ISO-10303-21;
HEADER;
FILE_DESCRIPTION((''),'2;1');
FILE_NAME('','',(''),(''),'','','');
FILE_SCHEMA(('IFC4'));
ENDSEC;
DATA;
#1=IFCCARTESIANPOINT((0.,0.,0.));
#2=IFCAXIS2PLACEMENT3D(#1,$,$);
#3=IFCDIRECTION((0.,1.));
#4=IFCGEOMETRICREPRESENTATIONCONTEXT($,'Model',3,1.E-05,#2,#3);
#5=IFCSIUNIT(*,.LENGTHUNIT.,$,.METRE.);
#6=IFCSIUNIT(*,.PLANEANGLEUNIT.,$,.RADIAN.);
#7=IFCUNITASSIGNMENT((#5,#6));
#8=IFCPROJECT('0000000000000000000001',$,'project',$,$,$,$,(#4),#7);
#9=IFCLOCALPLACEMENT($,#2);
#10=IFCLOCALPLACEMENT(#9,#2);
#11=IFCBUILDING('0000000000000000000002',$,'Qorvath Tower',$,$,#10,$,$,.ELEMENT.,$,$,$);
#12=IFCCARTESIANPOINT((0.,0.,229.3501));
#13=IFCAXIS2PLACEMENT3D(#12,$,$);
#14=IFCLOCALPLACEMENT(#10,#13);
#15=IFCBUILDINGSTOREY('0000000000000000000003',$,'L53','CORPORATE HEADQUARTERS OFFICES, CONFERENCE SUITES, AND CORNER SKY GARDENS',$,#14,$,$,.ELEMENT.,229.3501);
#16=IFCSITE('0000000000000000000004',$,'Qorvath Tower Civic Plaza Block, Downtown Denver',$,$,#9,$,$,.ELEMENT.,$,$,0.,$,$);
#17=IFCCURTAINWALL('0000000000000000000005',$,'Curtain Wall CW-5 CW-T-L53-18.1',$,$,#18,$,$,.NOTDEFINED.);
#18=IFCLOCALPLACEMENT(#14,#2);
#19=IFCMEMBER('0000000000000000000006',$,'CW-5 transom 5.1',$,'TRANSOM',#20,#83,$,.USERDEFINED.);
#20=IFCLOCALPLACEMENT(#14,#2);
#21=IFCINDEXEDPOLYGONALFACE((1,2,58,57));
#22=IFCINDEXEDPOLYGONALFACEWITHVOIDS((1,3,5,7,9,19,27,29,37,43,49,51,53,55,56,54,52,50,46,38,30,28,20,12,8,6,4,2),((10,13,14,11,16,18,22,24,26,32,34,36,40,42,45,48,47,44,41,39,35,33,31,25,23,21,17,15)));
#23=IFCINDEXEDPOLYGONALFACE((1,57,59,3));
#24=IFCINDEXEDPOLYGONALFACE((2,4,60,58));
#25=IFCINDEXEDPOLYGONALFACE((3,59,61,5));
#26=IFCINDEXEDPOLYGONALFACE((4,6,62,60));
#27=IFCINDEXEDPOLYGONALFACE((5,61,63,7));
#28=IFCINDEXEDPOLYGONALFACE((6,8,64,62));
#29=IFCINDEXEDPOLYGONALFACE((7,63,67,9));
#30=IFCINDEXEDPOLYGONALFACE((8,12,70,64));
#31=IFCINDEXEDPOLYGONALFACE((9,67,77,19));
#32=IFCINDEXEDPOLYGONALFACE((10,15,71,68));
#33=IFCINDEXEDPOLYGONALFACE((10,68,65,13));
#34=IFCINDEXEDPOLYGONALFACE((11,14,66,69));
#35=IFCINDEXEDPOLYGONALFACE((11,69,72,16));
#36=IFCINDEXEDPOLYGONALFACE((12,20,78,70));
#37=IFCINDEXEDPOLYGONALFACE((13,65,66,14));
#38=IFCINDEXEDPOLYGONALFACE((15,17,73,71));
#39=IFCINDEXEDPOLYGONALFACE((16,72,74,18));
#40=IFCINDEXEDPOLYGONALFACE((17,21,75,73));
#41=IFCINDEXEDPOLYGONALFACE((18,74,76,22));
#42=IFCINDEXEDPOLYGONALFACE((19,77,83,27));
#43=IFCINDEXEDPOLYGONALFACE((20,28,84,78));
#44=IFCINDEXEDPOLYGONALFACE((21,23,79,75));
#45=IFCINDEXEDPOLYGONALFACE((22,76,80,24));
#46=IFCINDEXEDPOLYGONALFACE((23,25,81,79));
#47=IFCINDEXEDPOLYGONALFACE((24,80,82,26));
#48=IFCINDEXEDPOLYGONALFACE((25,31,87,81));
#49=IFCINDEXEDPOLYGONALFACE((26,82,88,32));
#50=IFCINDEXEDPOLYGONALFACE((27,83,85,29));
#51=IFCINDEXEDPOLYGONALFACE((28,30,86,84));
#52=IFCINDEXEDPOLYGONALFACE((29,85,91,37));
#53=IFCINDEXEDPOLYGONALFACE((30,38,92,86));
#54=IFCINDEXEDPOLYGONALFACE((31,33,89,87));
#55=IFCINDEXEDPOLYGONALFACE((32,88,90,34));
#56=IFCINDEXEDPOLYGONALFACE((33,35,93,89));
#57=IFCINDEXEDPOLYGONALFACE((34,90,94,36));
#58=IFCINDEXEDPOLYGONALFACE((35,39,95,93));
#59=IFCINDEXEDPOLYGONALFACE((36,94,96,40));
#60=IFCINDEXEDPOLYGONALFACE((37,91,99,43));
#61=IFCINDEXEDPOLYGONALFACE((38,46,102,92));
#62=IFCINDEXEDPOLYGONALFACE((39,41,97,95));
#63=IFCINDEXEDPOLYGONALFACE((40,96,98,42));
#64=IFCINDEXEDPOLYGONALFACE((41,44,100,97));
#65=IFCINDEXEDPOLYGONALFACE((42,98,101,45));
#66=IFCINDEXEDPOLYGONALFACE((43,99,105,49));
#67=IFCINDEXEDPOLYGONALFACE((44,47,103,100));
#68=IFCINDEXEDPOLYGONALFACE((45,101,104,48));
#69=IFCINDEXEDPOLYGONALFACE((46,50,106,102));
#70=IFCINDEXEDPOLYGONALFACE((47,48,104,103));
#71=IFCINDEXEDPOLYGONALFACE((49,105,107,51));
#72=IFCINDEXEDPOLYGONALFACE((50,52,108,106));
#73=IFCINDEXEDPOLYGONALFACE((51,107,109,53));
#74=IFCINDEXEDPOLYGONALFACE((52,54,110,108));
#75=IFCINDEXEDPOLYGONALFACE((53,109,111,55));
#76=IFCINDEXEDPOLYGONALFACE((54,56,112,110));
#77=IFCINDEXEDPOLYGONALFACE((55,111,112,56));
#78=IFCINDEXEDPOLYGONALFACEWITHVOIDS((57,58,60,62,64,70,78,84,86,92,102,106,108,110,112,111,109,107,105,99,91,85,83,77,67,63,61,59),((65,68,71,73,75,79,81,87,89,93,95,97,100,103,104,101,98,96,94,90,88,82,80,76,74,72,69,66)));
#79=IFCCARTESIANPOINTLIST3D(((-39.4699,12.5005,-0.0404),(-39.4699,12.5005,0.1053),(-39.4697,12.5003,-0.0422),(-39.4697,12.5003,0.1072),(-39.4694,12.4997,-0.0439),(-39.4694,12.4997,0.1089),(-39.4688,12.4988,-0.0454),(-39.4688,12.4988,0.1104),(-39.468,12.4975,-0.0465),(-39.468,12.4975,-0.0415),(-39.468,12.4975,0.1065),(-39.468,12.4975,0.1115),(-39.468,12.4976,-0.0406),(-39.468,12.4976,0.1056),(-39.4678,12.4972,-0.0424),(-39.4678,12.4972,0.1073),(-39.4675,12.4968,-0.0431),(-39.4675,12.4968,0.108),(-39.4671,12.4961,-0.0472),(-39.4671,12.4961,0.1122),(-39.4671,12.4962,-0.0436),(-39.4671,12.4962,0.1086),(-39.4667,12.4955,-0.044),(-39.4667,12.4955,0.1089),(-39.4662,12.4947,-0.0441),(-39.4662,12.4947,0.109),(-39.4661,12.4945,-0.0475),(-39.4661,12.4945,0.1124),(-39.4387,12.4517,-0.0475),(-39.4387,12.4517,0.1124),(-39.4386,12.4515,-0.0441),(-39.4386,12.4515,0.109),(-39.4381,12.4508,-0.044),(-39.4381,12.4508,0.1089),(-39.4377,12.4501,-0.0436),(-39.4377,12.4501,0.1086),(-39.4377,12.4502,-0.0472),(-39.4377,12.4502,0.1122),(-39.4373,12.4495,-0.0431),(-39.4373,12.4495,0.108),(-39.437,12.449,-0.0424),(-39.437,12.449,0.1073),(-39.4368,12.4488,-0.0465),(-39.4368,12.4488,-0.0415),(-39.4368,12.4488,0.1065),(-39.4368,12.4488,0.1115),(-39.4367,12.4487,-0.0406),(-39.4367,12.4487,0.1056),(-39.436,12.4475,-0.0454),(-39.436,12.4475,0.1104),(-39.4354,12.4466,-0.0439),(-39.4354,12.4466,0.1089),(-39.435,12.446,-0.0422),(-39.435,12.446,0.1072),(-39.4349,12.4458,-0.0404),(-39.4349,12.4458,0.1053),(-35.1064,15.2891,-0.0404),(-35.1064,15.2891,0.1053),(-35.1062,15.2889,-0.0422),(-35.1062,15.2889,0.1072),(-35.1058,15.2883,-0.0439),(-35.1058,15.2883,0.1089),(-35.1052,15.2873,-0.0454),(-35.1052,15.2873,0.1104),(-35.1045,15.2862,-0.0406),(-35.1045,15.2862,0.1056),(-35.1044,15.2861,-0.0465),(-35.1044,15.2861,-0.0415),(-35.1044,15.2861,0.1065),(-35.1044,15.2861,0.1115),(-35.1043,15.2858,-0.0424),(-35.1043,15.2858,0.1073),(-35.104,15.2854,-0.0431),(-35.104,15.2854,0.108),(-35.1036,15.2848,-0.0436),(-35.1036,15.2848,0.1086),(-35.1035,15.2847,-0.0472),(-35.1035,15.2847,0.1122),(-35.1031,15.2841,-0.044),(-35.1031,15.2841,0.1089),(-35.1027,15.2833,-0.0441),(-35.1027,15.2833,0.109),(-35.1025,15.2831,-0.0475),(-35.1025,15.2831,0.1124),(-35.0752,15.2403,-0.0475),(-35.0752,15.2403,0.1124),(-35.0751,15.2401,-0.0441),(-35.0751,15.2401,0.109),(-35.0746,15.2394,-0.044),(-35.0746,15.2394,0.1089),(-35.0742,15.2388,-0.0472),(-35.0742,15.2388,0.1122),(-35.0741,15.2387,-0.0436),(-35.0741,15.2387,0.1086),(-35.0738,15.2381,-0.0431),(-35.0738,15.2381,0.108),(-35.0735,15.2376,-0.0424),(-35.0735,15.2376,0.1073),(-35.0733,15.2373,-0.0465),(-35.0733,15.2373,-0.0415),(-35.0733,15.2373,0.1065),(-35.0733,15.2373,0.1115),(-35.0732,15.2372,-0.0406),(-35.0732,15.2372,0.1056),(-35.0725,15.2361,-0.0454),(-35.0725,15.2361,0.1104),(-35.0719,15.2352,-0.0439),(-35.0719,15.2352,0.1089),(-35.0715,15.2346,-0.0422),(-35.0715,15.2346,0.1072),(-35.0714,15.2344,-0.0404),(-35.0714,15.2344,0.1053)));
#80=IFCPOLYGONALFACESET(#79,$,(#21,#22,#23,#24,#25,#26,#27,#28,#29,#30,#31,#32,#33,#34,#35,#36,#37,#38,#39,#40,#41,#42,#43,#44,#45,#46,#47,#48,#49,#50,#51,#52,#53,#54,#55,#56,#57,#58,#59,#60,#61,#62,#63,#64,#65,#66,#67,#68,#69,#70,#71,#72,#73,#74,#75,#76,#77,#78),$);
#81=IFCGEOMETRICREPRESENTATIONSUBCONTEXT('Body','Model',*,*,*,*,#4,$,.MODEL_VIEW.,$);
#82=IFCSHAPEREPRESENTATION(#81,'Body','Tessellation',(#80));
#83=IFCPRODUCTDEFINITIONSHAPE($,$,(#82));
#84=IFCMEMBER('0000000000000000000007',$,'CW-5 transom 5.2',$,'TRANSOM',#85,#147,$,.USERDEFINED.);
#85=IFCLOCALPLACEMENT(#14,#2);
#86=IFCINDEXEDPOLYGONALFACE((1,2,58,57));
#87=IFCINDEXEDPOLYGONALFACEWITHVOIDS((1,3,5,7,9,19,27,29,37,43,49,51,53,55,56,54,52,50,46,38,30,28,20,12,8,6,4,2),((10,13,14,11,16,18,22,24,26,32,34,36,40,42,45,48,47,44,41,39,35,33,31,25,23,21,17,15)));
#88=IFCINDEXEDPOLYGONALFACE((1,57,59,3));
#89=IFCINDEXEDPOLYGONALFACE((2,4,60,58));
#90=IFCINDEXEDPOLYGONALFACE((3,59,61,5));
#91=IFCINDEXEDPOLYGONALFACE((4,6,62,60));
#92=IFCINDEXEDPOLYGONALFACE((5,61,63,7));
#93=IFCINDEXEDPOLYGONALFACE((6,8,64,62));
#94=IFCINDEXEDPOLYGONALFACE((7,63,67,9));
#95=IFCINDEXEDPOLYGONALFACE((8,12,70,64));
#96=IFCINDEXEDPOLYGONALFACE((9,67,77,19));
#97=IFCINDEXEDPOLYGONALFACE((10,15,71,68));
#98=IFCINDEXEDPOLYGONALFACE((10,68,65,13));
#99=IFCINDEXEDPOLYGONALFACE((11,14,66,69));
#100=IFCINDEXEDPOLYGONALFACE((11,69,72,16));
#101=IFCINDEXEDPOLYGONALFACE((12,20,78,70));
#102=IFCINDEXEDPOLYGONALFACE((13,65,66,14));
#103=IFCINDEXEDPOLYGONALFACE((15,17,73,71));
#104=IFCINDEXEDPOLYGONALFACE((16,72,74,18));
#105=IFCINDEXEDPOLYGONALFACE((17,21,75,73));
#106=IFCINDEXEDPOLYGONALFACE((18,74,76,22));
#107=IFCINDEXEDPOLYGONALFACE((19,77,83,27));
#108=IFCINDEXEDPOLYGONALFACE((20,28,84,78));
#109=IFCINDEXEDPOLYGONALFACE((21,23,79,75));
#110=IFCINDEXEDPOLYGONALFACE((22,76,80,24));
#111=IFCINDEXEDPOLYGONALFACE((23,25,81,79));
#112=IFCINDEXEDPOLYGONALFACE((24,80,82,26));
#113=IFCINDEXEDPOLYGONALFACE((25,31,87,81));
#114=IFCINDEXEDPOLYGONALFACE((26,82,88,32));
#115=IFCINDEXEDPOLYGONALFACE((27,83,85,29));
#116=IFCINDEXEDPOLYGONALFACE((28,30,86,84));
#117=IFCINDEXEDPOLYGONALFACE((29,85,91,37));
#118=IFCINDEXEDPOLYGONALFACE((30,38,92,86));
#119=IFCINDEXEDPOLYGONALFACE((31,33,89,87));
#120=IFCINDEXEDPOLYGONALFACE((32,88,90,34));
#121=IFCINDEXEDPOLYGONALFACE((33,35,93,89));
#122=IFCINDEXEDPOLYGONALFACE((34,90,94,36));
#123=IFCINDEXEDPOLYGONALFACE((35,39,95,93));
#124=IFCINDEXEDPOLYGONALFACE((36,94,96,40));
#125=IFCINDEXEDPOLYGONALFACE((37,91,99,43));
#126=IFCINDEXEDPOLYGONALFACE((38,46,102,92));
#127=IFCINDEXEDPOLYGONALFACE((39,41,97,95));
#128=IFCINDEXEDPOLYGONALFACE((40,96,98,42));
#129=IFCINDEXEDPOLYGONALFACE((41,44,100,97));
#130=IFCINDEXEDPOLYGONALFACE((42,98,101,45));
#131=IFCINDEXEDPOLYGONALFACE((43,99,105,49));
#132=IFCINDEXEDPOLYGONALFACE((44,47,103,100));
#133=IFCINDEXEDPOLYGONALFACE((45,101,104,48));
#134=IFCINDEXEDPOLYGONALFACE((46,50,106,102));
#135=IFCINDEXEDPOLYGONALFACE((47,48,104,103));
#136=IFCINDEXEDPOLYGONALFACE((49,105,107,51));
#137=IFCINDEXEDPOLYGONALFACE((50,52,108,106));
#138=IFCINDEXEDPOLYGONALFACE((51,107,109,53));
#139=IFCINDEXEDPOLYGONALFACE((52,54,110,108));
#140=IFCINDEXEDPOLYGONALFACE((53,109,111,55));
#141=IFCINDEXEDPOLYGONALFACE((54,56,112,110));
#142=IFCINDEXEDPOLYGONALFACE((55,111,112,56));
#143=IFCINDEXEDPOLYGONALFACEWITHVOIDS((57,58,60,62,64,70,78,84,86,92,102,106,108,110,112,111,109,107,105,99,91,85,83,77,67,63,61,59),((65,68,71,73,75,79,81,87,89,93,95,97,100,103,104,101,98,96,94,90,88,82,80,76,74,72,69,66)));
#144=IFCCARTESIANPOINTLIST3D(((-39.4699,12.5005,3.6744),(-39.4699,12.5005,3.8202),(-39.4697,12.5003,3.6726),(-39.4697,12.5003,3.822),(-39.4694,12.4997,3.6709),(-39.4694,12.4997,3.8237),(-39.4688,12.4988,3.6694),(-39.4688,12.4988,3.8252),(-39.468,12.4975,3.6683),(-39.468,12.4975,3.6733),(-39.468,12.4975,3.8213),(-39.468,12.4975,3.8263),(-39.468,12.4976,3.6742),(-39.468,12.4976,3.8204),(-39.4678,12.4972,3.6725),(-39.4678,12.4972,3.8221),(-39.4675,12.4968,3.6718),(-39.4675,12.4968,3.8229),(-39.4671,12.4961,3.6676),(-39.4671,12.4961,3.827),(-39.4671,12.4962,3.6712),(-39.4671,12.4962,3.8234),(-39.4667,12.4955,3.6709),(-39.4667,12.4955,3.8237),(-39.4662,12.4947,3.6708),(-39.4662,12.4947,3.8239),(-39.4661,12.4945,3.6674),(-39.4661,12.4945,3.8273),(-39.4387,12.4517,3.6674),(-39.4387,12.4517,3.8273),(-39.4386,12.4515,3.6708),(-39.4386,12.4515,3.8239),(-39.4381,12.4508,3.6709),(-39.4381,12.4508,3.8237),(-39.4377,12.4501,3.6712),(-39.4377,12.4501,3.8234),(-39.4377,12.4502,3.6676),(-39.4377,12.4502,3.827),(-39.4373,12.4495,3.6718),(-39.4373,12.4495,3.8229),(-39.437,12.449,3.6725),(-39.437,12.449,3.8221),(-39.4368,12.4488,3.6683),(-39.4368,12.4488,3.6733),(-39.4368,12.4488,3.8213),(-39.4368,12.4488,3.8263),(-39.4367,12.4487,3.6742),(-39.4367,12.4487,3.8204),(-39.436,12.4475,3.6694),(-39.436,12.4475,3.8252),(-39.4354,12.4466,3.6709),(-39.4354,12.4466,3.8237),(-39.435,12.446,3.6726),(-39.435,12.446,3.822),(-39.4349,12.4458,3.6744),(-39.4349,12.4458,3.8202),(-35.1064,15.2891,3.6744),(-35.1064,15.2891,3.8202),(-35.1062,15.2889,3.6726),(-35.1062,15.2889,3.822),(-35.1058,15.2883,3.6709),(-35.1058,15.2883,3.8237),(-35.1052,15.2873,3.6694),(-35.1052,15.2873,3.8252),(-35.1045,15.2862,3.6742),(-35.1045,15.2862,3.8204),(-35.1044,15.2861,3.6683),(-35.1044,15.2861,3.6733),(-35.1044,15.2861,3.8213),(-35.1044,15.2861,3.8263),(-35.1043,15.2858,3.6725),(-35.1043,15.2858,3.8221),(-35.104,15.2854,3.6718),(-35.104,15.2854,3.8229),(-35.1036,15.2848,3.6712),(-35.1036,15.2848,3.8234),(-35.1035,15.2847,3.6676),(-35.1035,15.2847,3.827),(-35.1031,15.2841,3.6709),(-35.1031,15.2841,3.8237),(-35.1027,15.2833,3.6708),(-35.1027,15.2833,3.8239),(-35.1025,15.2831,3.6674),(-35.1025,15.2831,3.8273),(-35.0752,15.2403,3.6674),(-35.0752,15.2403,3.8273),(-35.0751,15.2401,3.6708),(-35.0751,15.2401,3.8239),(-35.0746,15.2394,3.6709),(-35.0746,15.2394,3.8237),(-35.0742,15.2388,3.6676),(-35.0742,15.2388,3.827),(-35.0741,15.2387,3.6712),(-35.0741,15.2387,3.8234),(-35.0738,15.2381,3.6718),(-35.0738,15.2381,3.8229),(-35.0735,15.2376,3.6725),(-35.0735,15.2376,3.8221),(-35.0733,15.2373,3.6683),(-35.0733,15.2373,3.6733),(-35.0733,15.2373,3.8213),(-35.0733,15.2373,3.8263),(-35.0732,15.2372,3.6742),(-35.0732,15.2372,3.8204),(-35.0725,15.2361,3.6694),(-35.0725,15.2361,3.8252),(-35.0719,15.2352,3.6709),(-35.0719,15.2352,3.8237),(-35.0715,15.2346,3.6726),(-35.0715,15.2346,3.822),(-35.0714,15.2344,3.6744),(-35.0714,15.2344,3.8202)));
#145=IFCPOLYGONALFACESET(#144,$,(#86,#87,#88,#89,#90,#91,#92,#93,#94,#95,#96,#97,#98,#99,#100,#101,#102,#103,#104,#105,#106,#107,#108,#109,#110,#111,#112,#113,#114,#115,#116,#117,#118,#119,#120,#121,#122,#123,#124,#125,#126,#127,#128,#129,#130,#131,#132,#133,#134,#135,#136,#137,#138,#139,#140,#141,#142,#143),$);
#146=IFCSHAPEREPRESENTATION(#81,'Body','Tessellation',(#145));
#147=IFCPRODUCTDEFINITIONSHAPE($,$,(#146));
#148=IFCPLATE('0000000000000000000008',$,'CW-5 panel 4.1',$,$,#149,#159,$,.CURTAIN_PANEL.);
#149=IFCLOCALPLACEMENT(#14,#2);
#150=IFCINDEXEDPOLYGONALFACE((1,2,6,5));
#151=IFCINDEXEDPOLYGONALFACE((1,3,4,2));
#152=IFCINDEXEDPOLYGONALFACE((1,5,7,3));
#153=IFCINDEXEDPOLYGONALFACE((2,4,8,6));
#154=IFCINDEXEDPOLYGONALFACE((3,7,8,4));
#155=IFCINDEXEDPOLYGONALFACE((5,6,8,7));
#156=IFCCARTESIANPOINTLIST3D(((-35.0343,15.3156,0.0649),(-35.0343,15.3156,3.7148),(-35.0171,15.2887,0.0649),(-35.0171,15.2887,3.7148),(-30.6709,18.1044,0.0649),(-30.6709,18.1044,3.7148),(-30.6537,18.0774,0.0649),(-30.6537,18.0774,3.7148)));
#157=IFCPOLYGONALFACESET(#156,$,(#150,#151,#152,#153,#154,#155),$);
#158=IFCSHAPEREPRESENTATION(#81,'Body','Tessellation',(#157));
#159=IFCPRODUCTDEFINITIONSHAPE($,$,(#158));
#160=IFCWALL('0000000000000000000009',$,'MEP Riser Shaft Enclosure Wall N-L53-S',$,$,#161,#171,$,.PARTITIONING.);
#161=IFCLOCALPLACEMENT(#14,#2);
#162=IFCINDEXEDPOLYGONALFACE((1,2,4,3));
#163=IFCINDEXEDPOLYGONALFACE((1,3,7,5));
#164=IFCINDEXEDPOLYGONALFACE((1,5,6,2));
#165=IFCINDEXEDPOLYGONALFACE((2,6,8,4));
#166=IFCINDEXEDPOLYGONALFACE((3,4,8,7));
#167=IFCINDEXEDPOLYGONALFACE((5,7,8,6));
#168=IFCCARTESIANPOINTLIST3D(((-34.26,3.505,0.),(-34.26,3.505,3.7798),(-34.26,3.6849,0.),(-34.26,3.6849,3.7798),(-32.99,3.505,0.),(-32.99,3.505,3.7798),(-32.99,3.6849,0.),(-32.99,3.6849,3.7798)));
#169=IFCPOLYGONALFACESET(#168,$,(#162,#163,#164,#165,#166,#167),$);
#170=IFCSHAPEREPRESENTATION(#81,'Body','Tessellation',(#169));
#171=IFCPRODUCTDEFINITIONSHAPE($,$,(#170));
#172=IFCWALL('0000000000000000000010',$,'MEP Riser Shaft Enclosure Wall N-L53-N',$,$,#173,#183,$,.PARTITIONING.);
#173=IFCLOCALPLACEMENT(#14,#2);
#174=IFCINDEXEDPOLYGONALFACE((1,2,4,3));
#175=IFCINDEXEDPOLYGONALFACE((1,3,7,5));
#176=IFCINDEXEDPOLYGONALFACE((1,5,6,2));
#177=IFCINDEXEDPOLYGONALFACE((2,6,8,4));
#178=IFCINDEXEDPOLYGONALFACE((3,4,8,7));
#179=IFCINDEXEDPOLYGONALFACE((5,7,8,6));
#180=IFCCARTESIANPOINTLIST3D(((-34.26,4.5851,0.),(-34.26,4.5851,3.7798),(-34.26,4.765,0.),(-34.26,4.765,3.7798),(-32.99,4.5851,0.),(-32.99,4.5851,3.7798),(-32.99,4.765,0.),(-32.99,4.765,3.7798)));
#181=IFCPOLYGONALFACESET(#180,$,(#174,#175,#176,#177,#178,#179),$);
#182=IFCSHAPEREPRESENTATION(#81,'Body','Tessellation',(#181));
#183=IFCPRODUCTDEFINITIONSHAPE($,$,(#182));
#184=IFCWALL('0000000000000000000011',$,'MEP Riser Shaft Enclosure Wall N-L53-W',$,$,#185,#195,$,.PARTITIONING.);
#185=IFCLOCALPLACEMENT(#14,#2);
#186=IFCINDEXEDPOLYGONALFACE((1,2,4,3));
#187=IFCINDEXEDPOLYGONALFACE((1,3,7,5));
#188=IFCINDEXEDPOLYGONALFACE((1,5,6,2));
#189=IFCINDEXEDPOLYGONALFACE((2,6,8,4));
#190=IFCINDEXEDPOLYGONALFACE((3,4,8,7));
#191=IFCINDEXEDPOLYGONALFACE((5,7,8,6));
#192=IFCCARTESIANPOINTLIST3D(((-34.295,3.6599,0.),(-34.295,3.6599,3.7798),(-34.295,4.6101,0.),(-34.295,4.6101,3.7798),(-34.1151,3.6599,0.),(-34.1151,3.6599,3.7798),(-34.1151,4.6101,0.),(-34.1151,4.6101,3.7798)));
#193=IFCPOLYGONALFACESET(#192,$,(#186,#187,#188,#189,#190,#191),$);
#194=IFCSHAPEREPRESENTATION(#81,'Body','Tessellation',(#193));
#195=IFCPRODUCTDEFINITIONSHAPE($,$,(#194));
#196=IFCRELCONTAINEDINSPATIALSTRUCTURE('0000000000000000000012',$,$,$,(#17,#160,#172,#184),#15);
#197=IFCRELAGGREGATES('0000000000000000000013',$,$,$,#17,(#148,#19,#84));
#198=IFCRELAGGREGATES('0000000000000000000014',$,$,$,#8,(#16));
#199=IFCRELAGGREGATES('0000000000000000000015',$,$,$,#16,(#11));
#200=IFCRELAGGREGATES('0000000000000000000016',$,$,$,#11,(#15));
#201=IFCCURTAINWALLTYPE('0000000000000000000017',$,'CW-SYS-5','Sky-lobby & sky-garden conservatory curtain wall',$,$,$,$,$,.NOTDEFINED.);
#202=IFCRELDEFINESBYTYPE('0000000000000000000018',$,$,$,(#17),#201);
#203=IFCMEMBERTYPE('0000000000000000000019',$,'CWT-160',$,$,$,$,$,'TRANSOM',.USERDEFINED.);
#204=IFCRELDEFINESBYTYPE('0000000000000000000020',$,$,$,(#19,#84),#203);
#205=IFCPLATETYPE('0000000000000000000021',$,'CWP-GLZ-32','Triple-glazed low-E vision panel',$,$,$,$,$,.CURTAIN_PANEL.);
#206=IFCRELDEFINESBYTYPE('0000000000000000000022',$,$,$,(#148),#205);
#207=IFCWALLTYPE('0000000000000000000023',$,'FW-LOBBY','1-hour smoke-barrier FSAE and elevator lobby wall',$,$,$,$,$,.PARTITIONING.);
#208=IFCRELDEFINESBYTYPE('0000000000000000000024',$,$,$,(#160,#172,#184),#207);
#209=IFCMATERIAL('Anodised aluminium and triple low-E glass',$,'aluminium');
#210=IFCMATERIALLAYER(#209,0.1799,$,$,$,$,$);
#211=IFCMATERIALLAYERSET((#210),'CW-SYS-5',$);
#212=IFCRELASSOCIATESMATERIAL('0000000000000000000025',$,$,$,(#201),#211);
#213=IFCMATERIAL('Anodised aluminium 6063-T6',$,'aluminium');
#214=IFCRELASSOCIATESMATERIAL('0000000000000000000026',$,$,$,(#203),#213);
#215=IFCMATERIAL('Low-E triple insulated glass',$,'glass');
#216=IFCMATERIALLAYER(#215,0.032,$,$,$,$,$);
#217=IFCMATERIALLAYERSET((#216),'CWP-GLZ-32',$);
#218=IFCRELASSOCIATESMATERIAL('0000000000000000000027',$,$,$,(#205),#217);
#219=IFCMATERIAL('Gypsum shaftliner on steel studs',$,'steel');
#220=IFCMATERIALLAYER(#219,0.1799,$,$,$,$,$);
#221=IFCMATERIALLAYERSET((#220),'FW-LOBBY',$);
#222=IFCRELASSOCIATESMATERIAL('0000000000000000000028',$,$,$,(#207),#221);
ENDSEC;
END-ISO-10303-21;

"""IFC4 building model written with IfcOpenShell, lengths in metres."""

from ifc_helpers import new_model, si_unit, direction, frame, frame_2d, origin, origin_2d, place, context, subcontext, project, spatial, rectangle, hollow_rectangle, extrude, material, layer, layer_set, material_profile, profile_set, type_object, element, aggregate, save


model = new_model("IFC4")

# Units and contexts
model_context = context("Model", 3, precision=1e-05, world=origin(), true_north=direction((0.0, 1.0)))
body_context = subcontext(model_context, "Body", "Model", "MODEL_VIEW")
ifc_project = project(units=[si_unit("LENGTHUNIT", "METRE"), si_unit("PLANEANGLEUNIT", "RADIAN")], contexts=[model_context])

# Site, building, storey
site_placement = place(None, origin())
site = spatial("IfcSite", under=ifc_project, at=site_placement, Name="Qorvath Tower Civic Plaza Block, Downtown Denver", CompositionType="ELEMENT", RefElevation=0.0)
building_placement = place(site_placement, origin())
building = spatial("IfcBuilding", under=site, at=building_placement, Name="Qorvath Tower", CompositionType="ELEMENT")
storey_placement = place(building_placement, frame((0.0, 0.0, 229.3501)))
storey = spatial("IfcBuildingStorey", under=building, at=storey_placement, Name="L53", Description="CORPORATE HEADQUARTERS OFFICES, CONFERENCE SUITES, AND CORNER SKY GARDENS", CompositionType="ELEMENT", Elevation=229.3501)

# Curtain wall, members, plate
ifc_material_1 = material(Name="Anodised aluminium and triple low-E glass", Category="aluminium")
ifc_layer_1 = layer(ifc_material_1, 0.1799)
ifc_layer_set_1 = layer_set([ifc_layer_1], Name="CW-SYS-5")
curtain_wall_type = type_object("IfcCurtainWallType", Name="CW-SYS-5", Description="Sky-lobby & sky-garden conservatory curtain wall", PredefinedType="NOTDEFINED", material=ifc_layer_set_1)
curtain_wall_placement = place(storey_placement, origin())
curtain_wall = element("IfcCurtainWall", 1, at=curtain_wall_placement, inside=storey, type_object=curtain_wall_type, Name="Curtain Wall CW-5 CW-T-L53-18.1", PredefinedType="NOTDEFINED")
ifc_material_2 = material(Name="Anodised aluminium 6063-T6", Category="aluminium")
ifc_material_profile_1 = material_profile(ifc_material_2, hollow_rectangle(XDim=0.0649, YDim=0.1599, WallThickness=0.0034, InnerFilletRadius=0.0034, OuterFilletRadius=0.0071, at=origin_2d()), Name="CWT 160x65")
ifc_profile_set_1 = profile_set([ifc_material_profile_1], Name="Anodised aluminium 6063-T6")
member_type_1 = type_object("IfcMemberType", Name="CWT-160", ElementType="TRANSOM", PredefinedType="USERDEFINED", material=ifc_profile_set_1)
member_1_placement = place(storey_placement, frame((-35.0889, 15.2617, 0.0325), z_axis=(-0.842629, -0.538494, 0.0), x_axis=(0.538494, -0.842629, 0.0)))
member_1 = element("IfcMember", 2, at=member_1_placement, type_object=member_type_1, Name="CW-5 transom 5.1", ObjectType="TRANSOM", PredefinedType="USERDEFINED", context=body_context, shape_type="SweptSolid", body=[
    extrude(hollow_rectangle(XDim=0.0649, YDim=0.1599, WallThickness=0.0034, InnerFilletRadius=0.0034, OuterFilletRadius=0.0071, at=origin_2d()), origin(), (0.0, 0.0, 1.0), 5.1785),
])
member_2_placement = place(storey_placement, frame((-35.0889, 15.2617, 3.7473), z_axis=(-0.842629, -0.538494, 0.0), x_axis=(0.538494, -0.842629, 0.0)))
member_2 = element("IfcMember", 3, at=member_2_placement, type_object=member_type_1, Name="CW-5 transom 5.2", ObjectType="TRANSOM", PredefinedType="USERDEFINED", context=body_context, shape_type="SweptSolid", body=[
    extrude(hollow_rectangle(XDim=0.0649, YDim=0.1599, WallThickness=0.0034, InnerFilletRadius=0.0034, OuterFilletRadius=0.0071, at=origin_2d()), origin(), (0.0, 0.0, 1.0), 5.1785),
])
ifc_material_3 = material(Name="Low-E triple insulated glass", Category="glass")
ifc_layer_2 = layer(ifc_material_3, 0.032)
ifc_layer_set_2 = layer_set([ifc_layer_2], Name="CWP-GLZ-32")
plate_type = type_object("IfcPlateType", Name="CWP-GLZ-32", Description="Triple-glazed low-E vision panel", PredefinedType="CURTAIN_PANEL", material=ifc_layer_set_2)
plate_placement = place(storey_placement, frame((-32.844, 16.6965, 0.0649), z_axis=(0.0, 0.0, 1.0), x_axis=(-0.842606, -0.538531, 0.0)))
plate = element("IfcPlate", 4, at=plate_placement, type_object=plate_type, Name="CW-5 panel 4.1", PredefinedType="CURTAIN_PANEL", context=body_context, shape_type="SweptSolid", body=[
    extrude(rectangle(XDim=5.1785, YDim=0.032, at=origin_2d()), origin(), (0.0, 0.0, 1.0), 3.6499),
])
aggregate(curtain_wall, [plate, member_1, member_2])

# Walls
ifc_material_4 = material(Name="Gypsum shaftliner on steel studs", Category="steel")
ifc_layer_3 = layer(ifc_material_4, 0.1799)
ifc_layer_set_3 = layer_set([ifc_layer_3], Name="FW-LOBBY")
wall_type_1 = type_object("IfcWallType", Name="FW-LOBBY", Description="1-hour smoke-barrier FSAE and elevator lobby wall", PredefinedType="PARTITIONING", material=ifc_layer_set_3)
for number, where, z_axis, x_axis, name in (
    (5, (-32.99, 3.595, 0.0), (0.0, 0.0, 1.0), (-1.0, 0.0, 0.0), "MEP Riser Shaft Enclosure Wall N-L53-S"),
    (6, (-34.26, 4.675, 0.0), (0.0, 0.0, 1.0), (1.0, 0.0, 0.0), "MEP Riser Shaft Enclosure Wall N-L53-N"),
):
    element("IfcWall", number, at=place(storey_placement, frame(where, z_axis=z_axis, x_axis=x_axis)), inside=storey, type_object=wall_type_1, Name=name, PredefinedType="PARTITIONING", context=body_context, shape_type="SweptSolid", body=[
        extrude(rectangle(XDim=1.27, YDim=0.1799, at=frame_2d((0.635, 0.0))), origin(), (0.0, 0.0, 1.0), 3.7798),
    ])
for number, where, z_axis, x_axis, name in (
    (7, (-34.2051, 3.6599, 0.0), (0.0, 0.0, 1.0), (0.0, 1.0, 0.0), "MEP Riser Shaft Enclosure Wall N-L53-W"),
):
    element("IfcWall", number, at=place(storey_placement, frame(where, z_axis=z_axis, x_axis=x_axis)), inside=storey, type_object=wall_type_1, Name=name, PredefinedType="PARTITIONING", context=body_context, shape_type="SweptSolid", body=[
        extrude(rectangle(XDim=0.9502, YDim=0.1799, at=frame_2d((0.4751, 0.0))), origin(), (0.0, 0.0, 1.0), 3.7798),
    ])

save(model, "model.ifc")
